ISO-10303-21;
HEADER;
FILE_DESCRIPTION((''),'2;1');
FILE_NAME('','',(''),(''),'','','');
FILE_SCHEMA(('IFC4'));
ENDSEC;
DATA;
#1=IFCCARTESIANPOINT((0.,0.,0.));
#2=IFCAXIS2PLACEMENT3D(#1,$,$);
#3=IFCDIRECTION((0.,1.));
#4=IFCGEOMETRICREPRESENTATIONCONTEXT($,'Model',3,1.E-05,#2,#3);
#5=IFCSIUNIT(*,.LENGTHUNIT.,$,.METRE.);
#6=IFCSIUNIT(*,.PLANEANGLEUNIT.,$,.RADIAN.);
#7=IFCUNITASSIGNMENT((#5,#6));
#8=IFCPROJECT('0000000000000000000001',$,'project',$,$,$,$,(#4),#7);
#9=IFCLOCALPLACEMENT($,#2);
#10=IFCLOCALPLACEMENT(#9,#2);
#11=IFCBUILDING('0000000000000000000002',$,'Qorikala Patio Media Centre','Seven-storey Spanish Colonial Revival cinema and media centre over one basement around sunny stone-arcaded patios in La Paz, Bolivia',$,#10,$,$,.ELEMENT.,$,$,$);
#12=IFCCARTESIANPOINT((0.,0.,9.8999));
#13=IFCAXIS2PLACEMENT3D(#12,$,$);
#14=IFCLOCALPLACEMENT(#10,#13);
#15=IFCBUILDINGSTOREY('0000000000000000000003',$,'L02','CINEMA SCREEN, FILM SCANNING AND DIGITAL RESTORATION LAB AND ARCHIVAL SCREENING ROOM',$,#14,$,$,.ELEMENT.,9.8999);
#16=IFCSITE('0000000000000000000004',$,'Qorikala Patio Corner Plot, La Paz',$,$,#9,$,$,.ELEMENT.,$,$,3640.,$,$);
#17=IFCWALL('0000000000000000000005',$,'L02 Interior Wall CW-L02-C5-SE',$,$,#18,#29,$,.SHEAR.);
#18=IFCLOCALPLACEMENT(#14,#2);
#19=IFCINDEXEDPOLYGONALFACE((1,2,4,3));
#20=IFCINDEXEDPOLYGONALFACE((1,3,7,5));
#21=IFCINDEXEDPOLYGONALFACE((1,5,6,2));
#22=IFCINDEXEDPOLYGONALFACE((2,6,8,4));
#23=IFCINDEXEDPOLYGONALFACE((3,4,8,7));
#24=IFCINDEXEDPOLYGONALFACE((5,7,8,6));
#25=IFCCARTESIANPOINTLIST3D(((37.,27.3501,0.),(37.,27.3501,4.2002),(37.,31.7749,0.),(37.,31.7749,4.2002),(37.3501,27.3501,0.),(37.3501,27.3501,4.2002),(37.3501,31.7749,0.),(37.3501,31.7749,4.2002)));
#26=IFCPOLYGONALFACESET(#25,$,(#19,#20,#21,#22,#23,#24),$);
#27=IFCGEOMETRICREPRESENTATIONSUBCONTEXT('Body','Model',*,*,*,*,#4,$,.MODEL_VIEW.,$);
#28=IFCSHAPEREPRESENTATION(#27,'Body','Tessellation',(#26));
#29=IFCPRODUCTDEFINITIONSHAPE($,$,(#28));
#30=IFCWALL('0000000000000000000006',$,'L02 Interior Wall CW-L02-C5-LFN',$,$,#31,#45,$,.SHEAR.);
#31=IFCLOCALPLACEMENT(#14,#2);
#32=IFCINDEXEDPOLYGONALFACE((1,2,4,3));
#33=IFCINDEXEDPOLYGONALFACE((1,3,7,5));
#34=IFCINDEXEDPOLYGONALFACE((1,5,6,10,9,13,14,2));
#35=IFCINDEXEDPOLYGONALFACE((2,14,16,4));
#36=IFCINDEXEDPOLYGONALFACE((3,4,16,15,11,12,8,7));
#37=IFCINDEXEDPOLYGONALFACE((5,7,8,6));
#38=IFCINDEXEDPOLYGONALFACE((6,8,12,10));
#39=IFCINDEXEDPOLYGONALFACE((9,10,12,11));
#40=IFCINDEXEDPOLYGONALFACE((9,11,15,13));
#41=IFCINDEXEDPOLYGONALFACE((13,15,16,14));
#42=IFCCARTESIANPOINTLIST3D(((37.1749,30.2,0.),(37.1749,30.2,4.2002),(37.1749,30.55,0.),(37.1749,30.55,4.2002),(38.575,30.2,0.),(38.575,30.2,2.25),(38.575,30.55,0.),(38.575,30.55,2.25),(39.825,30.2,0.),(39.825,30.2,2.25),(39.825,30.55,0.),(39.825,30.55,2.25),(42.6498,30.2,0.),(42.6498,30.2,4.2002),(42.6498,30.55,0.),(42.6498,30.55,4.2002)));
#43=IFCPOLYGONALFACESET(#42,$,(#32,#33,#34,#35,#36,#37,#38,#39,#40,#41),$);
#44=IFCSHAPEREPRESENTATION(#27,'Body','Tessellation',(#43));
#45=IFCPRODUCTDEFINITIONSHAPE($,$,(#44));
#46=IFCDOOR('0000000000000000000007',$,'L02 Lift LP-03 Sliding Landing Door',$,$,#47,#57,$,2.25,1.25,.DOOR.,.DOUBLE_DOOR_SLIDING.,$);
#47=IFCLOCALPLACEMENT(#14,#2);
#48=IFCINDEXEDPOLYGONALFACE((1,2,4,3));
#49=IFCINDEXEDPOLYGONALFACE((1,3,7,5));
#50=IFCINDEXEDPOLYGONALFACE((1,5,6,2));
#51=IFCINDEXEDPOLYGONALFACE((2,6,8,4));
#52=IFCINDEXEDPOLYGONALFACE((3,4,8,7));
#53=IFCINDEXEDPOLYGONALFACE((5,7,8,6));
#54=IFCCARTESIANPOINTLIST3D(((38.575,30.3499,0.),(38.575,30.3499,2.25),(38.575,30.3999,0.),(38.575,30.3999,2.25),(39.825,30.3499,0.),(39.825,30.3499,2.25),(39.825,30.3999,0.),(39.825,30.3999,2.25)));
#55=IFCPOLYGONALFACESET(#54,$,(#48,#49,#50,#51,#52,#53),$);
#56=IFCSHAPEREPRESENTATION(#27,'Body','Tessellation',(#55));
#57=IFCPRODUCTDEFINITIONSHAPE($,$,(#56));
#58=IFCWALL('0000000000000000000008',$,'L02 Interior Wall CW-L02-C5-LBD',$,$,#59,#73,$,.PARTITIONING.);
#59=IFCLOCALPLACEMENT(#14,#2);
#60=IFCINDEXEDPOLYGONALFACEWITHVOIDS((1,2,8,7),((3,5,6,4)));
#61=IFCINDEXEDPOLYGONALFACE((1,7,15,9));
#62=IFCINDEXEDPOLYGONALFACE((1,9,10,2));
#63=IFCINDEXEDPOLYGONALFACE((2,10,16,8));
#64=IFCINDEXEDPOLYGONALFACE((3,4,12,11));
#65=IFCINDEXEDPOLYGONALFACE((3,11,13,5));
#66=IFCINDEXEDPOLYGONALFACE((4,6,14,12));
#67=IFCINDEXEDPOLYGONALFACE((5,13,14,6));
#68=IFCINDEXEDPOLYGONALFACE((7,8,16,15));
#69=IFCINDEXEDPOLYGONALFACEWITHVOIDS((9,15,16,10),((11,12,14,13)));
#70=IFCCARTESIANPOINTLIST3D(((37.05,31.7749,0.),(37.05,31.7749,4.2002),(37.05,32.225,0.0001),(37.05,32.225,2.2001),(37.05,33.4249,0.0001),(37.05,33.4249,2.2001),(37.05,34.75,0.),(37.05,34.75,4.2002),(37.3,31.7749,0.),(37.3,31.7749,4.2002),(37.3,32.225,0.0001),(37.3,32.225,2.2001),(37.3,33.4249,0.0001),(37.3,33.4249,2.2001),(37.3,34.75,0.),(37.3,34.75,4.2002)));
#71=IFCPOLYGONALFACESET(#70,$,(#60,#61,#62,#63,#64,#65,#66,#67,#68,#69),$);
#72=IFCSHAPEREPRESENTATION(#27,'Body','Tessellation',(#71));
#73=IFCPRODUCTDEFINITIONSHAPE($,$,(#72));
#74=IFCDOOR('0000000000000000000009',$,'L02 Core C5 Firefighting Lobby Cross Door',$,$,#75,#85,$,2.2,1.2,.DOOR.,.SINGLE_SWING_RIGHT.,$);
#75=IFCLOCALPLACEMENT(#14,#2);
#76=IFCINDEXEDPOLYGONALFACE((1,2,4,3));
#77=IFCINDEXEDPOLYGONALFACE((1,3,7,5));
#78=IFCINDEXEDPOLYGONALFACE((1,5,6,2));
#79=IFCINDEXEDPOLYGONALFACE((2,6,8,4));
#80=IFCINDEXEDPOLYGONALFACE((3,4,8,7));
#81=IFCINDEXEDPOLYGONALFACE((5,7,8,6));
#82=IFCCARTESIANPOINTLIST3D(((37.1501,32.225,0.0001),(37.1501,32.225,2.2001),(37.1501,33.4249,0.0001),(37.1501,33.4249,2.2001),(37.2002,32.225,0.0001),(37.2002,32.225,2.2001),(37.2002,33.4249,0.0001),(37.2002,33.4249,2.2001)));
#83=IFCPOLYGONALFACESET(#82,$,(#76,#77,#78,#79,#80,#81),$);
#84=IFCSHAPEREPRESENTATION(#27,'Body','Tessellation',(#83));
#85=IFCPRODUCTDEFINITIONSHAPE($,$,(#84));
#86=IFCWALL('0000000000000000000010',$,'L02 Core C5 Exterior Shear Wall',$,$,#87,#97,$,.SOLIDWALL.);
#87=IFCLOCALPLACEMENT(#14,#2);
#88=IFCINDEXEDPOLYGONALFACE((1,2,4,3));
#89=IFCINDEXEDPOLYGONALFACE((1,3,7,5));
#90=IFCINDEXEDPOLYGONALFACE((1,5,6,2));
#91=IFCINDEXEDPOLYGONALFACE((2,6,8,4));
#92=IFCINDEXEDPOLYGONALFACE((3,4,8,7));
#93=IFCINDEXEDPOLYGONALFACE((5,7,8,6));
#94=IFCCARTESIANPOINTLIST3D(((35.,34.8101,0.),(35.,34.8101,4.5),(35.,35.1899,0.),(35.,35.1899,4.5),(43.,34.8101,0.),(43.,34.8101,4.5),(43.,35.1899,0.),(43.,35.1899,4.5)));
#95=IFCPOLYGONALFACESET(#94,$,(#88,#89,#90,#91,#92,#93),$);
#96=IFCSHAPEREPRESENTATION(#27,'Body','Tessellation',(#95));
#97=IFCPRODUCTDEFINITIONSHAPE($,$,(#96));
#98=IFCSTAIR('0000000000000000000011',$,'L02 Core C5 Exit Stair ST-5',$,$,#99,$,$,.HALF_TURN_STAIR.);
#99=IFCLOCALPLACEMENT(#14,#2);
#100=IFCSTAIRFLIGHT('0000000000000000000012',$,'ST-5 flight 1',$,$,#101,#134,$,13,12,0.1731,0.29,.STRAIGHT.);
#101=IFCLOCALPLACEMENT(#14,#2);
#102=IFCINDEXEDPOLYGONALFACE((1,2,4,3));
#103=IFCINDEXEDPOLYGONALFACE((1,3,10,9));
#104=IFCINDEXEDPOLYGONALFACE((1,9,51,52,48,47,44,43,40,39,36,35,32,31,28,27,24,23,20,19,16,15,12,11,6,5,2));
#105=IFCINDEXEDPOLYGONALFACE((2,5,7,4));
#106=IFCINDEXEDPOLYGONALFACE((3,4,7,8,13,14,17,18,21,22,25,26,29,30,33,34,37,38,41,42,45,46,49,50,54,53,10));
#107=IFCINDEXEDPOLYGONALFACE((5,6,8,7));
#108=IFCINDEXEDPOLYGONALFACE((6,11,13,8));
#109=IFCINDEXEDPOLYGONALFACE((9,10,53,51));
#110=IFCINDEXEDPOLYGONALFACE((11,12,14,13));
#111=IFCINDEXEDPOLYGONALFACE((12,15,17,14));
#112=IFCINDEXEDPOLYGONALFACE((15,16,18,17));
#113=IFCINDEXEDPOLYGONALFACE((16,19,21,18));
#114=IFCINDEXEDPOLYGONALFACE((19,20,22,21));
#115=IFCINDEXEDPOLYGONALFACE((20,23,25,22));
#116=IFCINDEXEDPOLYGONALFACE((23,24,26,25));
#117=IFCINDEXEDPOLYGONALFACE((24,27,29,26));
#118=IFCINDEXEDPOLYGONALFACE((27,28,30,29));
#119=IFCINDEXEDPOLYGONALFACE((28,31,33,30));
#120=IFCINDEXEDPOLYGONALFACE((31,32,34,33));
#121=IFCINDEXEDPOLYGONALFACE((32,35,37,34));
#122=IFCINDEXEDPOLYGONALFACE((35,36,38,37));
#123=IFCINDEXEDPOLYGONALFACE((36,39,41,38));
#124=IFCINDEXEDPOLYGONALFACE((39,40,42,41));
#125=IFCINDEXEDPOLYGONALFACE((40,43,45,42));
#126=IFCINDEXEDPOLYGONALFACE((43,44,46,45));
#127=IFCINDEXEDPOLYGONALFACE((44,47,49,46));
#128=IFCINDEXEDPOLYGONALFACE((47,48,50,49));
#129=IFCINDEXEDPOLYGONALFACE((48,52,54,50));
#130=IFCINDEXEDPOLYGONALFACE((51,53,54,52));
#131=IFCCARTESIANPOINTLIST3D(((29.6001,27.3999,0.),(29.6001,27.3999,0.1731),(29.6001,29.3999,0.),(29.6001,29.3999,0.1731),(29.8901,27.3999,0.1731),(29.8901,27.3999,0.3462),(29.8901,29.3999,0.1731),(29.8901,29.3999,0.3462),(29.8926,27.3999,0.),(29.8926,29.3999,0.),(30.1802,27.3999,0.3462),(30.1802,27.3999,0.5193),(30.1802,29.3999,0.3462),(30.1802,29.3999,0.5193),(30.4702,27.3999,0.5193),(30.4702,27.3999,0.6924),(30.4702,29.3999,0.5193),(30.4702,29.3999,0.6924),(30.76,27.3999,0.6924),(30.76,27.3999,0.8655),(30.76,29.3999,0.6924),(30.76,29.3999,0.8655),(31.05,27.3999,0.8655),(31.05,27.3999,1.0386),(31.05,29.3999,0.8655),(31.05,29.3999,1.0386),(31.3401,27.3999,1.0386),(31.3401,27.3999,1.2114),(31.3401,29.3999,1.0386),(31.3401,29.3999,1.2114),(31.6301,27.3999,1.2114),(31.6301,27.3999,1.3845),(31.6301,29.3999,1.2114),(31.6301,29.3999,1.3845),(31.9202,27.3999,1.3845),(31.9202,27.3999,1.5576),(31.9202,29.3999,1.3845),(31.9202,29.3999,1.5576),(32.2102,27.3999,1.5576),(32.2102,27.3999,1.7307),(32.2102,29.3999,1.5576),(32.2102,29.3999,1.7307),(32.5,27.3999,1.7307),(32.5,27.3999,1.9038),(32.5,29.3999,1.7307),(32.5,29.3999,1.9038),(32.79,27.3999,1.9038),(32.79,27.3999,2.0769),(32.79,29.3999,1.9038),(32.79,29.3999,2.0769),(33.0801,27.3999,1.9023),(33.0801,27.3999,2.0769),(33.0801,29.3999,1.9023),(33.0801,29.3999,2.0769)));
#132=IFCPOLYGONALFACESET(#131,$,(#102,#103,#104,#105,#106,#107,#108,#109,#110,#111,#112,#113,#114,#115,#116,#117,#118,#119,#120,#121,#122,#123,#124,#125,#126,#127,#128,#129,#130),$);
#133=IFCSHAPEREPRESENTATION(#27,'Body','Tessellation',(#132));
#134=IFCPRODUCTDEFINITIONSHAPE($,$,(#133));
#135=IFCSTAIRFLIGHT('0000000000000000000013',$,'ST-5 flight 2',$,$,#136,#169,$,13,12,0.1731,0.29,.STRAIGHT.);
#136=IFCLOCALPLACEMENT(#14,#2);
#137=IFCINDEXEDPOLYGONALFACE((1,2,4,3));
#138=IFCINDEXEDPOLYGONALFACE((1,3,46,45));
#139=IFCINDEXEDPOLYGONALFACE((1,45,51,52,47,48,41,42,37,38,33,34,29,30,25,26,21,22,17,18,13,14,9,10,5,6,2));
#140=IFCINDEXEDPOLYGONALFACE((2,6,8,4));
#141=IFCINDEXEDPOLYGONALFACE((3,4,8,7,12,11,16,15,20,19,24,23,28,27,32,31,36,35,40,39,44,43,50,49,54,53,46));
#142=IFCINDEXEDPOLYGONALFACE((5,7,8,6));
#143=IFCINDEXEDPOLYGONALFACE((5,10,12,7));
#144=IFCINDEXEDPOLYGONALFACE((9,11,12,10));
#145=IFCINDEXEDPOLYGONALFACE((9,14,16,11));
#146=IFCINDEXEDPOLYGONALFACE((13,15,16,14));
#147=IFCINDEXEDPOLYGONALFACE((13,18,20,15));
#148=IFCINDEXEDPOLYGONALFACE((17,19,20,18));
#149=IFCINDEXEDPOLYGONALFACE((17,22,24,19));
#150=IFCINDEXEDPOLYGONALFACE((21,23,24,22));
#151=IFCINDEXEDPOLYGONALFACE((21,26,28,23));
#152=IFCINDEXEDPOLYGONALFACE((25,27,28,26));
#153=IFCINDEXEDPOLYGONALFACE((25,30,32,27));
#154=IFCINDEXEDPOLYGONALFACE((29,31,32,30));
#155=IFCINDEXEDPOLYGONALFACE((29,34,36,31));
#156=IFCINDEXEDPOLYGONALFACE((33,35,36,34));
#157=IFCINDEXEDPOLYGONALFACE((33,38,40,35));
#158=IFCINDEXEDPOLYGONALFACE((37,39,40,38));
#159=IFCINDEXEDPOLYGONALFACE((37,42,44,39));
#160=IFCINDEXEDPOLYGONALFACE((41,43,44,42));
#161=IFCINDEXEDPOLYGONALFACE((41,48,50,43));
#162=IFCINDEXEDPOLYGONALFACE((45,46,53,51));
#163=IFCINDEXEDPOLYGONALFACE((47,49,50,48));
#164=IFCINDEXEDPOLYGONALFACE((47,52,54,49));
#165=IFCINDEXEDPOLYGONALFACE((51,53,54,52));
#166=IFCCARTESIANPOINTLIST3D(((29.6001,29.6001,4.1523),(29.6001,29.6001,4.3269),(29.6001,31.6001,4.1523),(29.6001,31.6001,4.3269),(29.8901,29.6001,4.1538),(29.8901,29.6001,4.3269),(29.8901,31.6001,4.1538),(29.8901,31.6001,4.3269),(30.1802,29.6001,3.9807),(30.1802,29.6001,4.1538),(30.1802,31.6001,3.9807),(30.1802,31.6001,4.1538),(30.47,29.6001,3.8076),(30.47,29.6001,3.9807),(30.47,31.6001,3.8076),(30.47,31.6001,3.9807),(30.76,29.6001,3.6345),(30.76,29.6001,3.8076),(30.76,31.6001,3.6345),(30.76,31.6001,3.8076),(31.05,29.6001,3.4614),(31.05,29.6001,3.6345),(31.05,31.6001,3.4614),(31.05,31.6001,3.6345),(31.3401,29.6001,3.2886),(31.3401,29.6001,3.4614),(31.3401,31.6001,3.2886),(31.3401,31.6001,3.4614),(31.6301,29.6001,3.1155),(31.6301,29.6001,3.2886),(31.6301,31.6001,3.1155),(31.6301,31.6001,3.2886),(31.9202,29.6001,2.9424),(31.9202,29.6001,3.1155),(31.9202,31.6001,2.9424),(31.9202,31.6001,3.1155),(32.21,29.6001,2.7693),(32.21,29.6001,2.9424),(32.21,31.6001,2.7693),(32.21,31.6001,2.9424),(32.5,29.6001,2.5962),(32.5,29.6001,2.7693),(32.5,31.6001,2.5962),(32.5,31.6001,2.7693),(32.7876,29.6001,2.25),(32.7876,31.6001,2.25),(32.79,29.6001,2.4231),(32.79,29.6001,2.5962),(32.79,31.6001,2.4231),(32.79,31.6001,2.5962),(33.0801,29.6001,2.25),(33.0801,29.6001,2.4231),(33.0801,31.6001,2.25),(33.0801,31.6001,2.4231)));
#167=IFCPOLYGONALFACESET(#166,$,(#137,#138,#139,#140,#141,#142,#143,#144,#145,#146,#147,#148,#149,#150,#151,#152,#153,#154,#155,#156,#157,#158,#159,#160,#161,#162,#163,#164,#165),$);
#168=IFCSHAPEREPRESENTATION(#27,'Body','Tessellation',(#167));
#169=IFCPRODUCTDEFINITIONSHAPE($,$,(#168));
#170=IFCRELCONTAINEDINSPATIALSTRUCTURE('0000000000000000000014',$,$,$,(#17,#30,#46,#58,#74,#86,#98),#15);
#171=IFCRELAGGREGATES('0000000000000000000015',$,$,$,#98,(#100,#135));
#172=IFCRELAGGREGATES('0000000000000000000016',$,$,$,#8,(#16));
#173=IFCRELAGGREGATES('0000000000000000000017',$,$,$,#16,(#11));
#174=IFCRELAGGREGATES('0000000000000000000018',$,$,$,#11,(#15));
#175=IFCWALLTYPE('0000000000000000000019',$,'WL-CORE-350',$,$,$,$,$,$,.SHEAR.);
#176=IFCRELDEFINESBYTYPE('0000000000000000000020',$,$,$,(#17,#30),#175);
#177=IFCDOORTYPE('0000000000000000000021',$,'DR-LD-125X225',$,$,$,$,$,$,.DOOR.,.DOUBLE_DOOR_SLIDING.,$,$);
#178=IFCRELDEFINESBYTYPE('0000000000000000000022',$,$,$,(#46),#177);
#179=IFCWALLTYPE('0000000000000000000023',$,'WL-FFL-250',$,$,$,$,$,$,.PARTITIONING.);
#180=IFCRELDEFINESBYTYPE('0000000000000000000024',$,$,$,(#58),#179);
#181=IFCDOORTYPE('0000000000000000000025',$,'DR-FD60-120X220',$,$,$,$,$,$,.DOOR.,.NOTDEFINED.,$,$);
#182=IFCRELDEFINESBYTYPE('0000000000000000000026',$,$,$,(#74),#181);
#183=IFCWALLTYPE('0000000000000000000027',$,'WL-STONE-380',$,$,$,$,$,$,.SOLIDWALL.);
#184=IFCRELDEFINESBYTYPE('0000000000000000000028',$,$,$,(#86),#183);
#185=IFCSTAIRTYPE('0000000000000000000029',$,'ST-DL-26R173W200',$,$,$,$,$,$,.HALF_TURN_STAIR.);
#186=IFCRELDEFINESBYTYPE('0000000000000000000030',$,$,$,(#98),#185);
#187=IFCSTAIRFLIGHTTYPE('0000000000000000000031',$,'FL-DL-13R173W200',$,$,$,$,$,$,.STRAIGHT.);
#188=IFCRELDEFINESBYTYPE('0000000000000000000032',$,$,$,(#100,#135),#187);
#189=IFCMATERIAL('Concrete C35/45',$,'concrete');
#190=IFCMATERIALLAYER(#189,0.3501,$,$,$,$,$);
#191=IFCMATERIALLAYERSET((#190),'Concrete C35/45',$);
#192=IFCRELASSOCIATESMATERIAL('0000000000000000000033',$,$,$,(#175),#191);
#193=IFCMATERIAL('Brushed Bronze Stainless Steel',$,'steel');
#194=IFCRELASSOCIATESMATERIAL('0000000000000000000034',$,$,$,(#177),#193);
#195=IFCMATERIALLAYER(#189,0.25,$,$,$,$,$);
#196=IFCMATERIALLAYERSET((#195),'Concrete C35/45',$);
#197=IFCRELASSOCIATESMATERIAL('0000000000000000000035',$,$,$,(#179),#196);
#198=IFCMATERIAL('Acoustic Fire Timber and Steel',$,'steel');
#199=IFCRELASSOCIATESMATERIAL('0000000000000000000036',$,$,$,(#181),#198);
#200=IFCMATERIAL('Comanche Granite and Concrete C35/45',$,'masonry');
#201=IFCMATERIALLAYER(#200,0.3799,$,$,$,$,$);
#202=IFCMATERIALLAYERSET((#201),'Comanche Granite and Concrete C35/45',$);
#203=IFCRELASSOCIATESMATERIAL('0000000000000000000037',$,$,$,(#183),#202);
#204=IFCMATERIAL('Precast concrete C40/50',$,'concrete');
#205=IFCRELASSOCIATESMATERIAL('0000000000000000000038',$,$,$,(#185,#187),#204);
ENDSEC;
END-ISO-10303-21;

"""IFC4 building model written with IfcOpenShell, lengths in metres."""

from ifc_helpers import new_model, si_unit, direction, frame, frame_2d, origin, place, context, subcontext, project, spatial, polyline, rectangle, outline, extrude, material, layer, layer_set, type_object, element, fill, aggregate, save


model = new_model("IFC4")

# Units and contexts
model_context = context("Model", 3, precision=1e-05, world=origin(), true_north=direction((0.0, 1.0)))
body_context = subcontext(model_context, "Body", "Model", "MODEL_VIEW")
ifc_project = project(units=[si_unit("LENGTHUNIT", "METRE"), si_unit("PLANEANGLEUNIT", "RADIAN")], contexts=[model_context])

# Site, building, storey
site_placement = place(None, origin())
site = spatial("IfcSite", under=ifc_project, at=site_placement, Name="Qorikala Patio Corner Plot, La Paz", CompositionType="ELEMENT", RefElevation=3640.0)
building_placement = place(site_placement, origin())
building = spatial("IfcBuilding", under=site, at=building_placement, Name="Qorikala Patio Media Centre", Description="Seven-storey Spanish Colonial Revival cinema and media centre over one basement around sunny stone-arcaded patios in La Paz, Bolivia", CompositionType="ELEMENT")
storey_placement = place(building_placement, frame((0.0, 0.0, 9.8999)))
storey = spatial("IfcBuildingStorey", under=building, at=storey_placement, Name="L02", Description="CINEMA SCREEN, FILM SCANNING AND DIGITAL RESTORATION LAB AND ARCHIVAL SCREENING ROOM", CompositionType="ELEMENT", Elevation=9.8999)

# Shared definitions
ifc_material_1 = material(Name="Concrete C35/45", Category="concrete")

# Wall
ifc_layer_1 = layer(ifc_material_1, 0.3501)
ifc_layer_set_1 = layer_set([ifc_layer_1], Name="Concrete C35/45")
wall_type_1 = type_object("IfcWallType", Name="WL-CORE-350", PredefinedType="SHEAR", material=ifc_layer_set_1)
wall_1_placement = place(storey_placement, frame((37.175, 27.3501, 0.0), z_axis=(0.0, 0.0, 1.0), x_axis=(0.0, 1.0, 0.0)))
element("IfcWall", 1, at=wall_1_placement, inside=storey, type_object=wall_type_1, Name="L02 Interior Wall CW-L02-C5-SE", PredefinedType="SHEAR", context=body_context, shape_type="SweptSolid", body=[
    extrude(rectangle(XDim=4.4248, YDim=0.3501, at=frame_2d((2.2124, 0.0))), origin(), (0.0, 0.0, 1.0), 4.2002),
])

# Walls, openings, doors
wall_2_placement = place(storey_placement, frame((37.175, 30.375, 0.0), z_axis=(0.0, 0.0, 1.0), x_axis=(1.0, 0.0, 0.0)))
wall_2 = element("IfcWall", 2, at=wall_2_placement, inside=storey, type_object=wall_type_1, Name="L02 Interior Wall CW-L02-C5-LFN", PredefinedType="SHEAR", context=body_context, shape_type="SweptSolid", body=[
    extrude(rectangle(XDim=5.4749, YDim=0.3501, at=frame_2d((2.7373, 0.0))), origin(), (0.0, 0.0, 1.0), 4.2002),
])
opening_1_placement = place(wall_2_placement, frame((1.3999, 0.0, 0.0)))
opening_1 = element("IfcOpeningElement", 3, at=opening_1_placement, cuts=wall_2, PredefinedType="OPENING", context=body_context, shape_type="SweptSolid", body=[
    extrude(rectangle(XDim=1.25, YDim=2.25, at=frame_2d((0.625, 1.125))), frame((0.0, 0.1851, 0.0), z_axis=(0.0, -1.0, 0.0), x_axis=(1.0, 0.0, 0.0)), (0.0, 0.0, 1.0), 0.3701),
])
ifc_material_2 = material(Name="Brushed Bronze Stainless Steel", Category="steel")
door_type_1 = type_object("IfcDoorType", Name="DR-LD-125X225", OperationType="DOUBLE_DOOR_SLIDING", PredefinedType="DOOR", material=ifc_material_2)
door_1_placement = place(opening_1_placement, origin())
door_1 = element("IfcDoor", 4, at=door_1_placement, inside=storey, type_object=door_type_1, Name="L02 Lift LP-03 Sliding Landing Door", OperationType="DOUBLE_DOOR_SLIDING", OverallHeight=2.25, OverallWidth=1.25, PredefinedType="DOOR", context=body_context, shape_type="SweptSolid", body=[
    extrude(rectangle(XDim=1.25, YDim=2.25, at=frame_2d((0.625, 1.125))), frame((0.0, 0.0249, 0.0), z_axis=(0.0, -1.0, 0.0), x_axis=(1.0, 0.0, 0.0)), (0.0, 0.0, 1.0), 0.05),
])
fill(opening_1, door_1)
ifc_layer_2 = layer(ifc_material_1, 0.25)
ifc_layer_set_2 = layer_set([ifc_layer_2], Name="Concrete C35/45")
wall_type_2 = type_object("IfcWallType", Name="WL-FFL-250", PredefinedType="PARTITIONING", material=ifc_layer_set_2)
wall_3_placement = place(storey_placement, frame((37.175, 31.7749, 0.0), z_axis=(0.0, 0.0, 1.0), x_axis=(0.0, 1.0, 0.0)))
wall_3 = element("IfcWall", 5, at=wall_3_placement, inside=storey, type_object=wall_type_2, Name="L02 Interior Wall CW-L02-C5-LBD", PredefinedType="PARTITIONING", context=body_context, shape_type="SweptSolid", body=[
    extrude(rectangle(XDim=2.9751, YDim=0.25, at=frame_2d((1.4875, 0.0))), origin(), (0.0, 0.0, 1.0), 4.2002),
])
opening_2_placement = place(wall_3_placement, frame((0.45, 0.0, 0.0)))
opening_2 = element("IfcOpeningElement", 6, at=opening_2_placement, cuts=wall_3, PredefinedType="OPENING", context=body_context, shape_type="SweptSolid", body=[
    extrude(rectangle(XDim=1.2, YDim=2.2, at=frame_2d((0.6001, 1.1001))), frame((0.0, 0.135, 0.0), z_axis=(0.0, -1.0, 0.0), x_axis=(1.0, 0.0, 0.0)), (0.0, 0.0, 1.0), 0.27),
])
ifc_material_3 = material(Name="Acoustic Fire Timber and Steel", Category="steel")
door_type_2 = type_object("IfcDoorType", Name="DR-FD60-120X220", OperationType="NOTDEFINED", PredefinedType="DOOR", material=ifc_material_3)
door_2_placement = place(opening_2_placement, origin())
door_2 = element("IfcDoor", 7, at=door_2_placement, inside=storey, type_object=door_type_2, Name="L02 Core C5 Firefighting Lobby Cross Door", OperationType="SINGLE_SWING_RIGHT", OverallHeight=2.2, OverallWidth=1.2, PredefinedType="DOOR", context=body_context, shape_type="SweptSolid", body=[
    extrude(rectangle(XDim=1.2, YDim=2.2, at=frame_2d((0.6001, 1.1001))), frame((0.0, 0.0249, 0.0), z_axis=(0.0, -1.0, 0.0), x_axis=(1.0, 0.0, 0.0)), (0.0, 0.0, 1.0), 0.05),
])
fill(opening_2, door_2)

# Wall
ifc_material_4 = material(Name="Comanche Granite and Concrete C35/45", Category="masonry")
ifc_layer_3 = layer(ifc_material_4, 0.3799)
ifc_layer_set_3 = layer_set([ifc_layer_3], Name="Comanche Granite and Concrete C35/45")
wall_type_3 = type_object("IfcWallType", Name="WL-STONE-380", PredefinedType="SOLIDWALL", material=ifc_layer_set_3)
wall_4_placement = place(storey_placement, frame((35.0, 35.0, 0.0), z_axis=(0.0, 0.0, 1.0), x_axis=(1.0, 0.0, 0.0)))
element("IfcWall", 8, at=wall_4_placement, inside=storey, type_object=wall_type_3, Name="L02 Core C5 Exterior Shear Wall", PredefinedType="SOLIDWALL", context=body_context, shape_type="SweptSolid", body=[
    extrude(rectangle(XDim=8.0, YDim=0.3799, at=frame_2d((4.0, 0.0))), origin(), (0.0, 0.0, 1.0), 4.5),
])

# Stair, stair flights
ifc_material_5 = material(Name="Precast concrete C40/50", Category="concrete")
stair_type = type_object("IfcStairType", Name="ST-DL-26R173W200", PredefinedType="HALF_TURN_STAIR", material=ifc_material_5)
stair_placement = place(storey_placement, origin())
stair = element("IfcStair", 9, at=stair_placement, inside=storey, type_object=stair_type, Name="L02 Core C5 Exit Stair ST-5", PredefinedType="HALF_TURN_STAIR")
stair_flight_type = type_object("IfcStairFlightType", Name="FL-DL-13R173W200", PredefinedType="STRAIGHT", material=ifc_material_5)
stair_flight_1_placement = place(storey_placement, frame((29.6001, 28.3999, 0.0), z_axis=(0.0, 0.0, 1.0), x_axis=(1.0, 0.0, 0.0)))
stair_flight_1 = element("IfcStairFlight", 10, at=stair_flight_1_placement, type_object=stair_flight_type, Name="ST-5 flight 1", NumberOfRisers=13, NumberOfTreads=12, PredefinedType="STRAIGHT", RiserHeight=0.1731, TreadLength=0.29, context=body_context, shape_type="SweptSolid", body=[
    extrude(outline(polyline([(0.0, 0.0), (0.0, 0.1731), (0.29, 0.1731), (0.29, 0.3462), (0.5801, 0.3462), (0.5801, 0.5193), (0.8701, 0.5193), (0.8701, 0.6924), (1.1599, 0.6924), (1.1599, 0.8655), (1.45, 0.8655), (1.45, 1.0386), (1.74, 1.0386), (1.74, 1.2114), (2.03, 1.2114), (2.03, 1.3845), (2.3201, 1.3845), (2.3201, 1.5576), (2.6101, 1.5576), (2.6101, 1.7307), (2.8999, 1.7307), (2.8999, 1.9038), (3.1899, 1.9038), (3.1899, 2.0769), (3.48, 2.0769), (3.48, 2.25), (3.48, 1.9023), (0.2925, 0.0), (0.0, 0.0)])), frame((0.0, 1.0, 0.0), z_axis=(0.0, -1.0, 0.0), x_axis=(1.0, 0.0, 0.0)), (0.0, 0.0, 1.0), 2.0),
])
stair_flight_2_placement = place(storey_placement, frame((33.0801, 30.6001, 2.25), z_axis=(0.0, 0.0, 1.0), x_axis=(-1.0, 0.0, 0.0)))
stair_flight_2 = element("IfcStairFlight", 11, at=stair_flight_2_placement, type_object=stair_flight_type, Name="ST-5 flight 2", NumberOfRisers=13, NumberOfTreads=12, PredefinedType="STRAIGHT", RiserHeight=0.1731, TreadLength=0.29, context=body_context, shape_type="SweptSolid", body=[
    extrude(outline(polyline([(0.0, 0.0), (0.0, 0.1731), (0.29, 0.1731), (0.29, 0.3462), (0.5801, 0.3462), (0.5801, 0.5193), (0.8701, 0.5193), (0.8701, 0.6924), (1.1599, 0.6924), (1.1599, 0.8655), (1.45, 0.8655), (1.45, 1.0386), (1.74, 1.0386), (1.74, 1.2114), (2.03, 1.2114), (2.03, 1.3845), (2.3201, 1.3845), (2.3201, 1.5576), (2.6101, 1.5576), (2.6101, 1.7307), (2.8999, 1.7307), (2.8999, 1.9038), (3.1899, 1.9038), (3.1899, 2.0769), (3.48, 2.0769), (3.48, 2.25), (3.48, 1.9023), (0.2925, 0.0), (0.0, 0.0)])), frame((0.0, 1.0, 0.0), z_axis=(0.0, -1.0, 0.0), x_axis=(1.0, 0.0, 0.0)), (0.0, 0.0, 1.0), 2.0),
])
aggregate(stair, [stair_flight_1, stair_flight_2])

save(model, "model.ifc")
